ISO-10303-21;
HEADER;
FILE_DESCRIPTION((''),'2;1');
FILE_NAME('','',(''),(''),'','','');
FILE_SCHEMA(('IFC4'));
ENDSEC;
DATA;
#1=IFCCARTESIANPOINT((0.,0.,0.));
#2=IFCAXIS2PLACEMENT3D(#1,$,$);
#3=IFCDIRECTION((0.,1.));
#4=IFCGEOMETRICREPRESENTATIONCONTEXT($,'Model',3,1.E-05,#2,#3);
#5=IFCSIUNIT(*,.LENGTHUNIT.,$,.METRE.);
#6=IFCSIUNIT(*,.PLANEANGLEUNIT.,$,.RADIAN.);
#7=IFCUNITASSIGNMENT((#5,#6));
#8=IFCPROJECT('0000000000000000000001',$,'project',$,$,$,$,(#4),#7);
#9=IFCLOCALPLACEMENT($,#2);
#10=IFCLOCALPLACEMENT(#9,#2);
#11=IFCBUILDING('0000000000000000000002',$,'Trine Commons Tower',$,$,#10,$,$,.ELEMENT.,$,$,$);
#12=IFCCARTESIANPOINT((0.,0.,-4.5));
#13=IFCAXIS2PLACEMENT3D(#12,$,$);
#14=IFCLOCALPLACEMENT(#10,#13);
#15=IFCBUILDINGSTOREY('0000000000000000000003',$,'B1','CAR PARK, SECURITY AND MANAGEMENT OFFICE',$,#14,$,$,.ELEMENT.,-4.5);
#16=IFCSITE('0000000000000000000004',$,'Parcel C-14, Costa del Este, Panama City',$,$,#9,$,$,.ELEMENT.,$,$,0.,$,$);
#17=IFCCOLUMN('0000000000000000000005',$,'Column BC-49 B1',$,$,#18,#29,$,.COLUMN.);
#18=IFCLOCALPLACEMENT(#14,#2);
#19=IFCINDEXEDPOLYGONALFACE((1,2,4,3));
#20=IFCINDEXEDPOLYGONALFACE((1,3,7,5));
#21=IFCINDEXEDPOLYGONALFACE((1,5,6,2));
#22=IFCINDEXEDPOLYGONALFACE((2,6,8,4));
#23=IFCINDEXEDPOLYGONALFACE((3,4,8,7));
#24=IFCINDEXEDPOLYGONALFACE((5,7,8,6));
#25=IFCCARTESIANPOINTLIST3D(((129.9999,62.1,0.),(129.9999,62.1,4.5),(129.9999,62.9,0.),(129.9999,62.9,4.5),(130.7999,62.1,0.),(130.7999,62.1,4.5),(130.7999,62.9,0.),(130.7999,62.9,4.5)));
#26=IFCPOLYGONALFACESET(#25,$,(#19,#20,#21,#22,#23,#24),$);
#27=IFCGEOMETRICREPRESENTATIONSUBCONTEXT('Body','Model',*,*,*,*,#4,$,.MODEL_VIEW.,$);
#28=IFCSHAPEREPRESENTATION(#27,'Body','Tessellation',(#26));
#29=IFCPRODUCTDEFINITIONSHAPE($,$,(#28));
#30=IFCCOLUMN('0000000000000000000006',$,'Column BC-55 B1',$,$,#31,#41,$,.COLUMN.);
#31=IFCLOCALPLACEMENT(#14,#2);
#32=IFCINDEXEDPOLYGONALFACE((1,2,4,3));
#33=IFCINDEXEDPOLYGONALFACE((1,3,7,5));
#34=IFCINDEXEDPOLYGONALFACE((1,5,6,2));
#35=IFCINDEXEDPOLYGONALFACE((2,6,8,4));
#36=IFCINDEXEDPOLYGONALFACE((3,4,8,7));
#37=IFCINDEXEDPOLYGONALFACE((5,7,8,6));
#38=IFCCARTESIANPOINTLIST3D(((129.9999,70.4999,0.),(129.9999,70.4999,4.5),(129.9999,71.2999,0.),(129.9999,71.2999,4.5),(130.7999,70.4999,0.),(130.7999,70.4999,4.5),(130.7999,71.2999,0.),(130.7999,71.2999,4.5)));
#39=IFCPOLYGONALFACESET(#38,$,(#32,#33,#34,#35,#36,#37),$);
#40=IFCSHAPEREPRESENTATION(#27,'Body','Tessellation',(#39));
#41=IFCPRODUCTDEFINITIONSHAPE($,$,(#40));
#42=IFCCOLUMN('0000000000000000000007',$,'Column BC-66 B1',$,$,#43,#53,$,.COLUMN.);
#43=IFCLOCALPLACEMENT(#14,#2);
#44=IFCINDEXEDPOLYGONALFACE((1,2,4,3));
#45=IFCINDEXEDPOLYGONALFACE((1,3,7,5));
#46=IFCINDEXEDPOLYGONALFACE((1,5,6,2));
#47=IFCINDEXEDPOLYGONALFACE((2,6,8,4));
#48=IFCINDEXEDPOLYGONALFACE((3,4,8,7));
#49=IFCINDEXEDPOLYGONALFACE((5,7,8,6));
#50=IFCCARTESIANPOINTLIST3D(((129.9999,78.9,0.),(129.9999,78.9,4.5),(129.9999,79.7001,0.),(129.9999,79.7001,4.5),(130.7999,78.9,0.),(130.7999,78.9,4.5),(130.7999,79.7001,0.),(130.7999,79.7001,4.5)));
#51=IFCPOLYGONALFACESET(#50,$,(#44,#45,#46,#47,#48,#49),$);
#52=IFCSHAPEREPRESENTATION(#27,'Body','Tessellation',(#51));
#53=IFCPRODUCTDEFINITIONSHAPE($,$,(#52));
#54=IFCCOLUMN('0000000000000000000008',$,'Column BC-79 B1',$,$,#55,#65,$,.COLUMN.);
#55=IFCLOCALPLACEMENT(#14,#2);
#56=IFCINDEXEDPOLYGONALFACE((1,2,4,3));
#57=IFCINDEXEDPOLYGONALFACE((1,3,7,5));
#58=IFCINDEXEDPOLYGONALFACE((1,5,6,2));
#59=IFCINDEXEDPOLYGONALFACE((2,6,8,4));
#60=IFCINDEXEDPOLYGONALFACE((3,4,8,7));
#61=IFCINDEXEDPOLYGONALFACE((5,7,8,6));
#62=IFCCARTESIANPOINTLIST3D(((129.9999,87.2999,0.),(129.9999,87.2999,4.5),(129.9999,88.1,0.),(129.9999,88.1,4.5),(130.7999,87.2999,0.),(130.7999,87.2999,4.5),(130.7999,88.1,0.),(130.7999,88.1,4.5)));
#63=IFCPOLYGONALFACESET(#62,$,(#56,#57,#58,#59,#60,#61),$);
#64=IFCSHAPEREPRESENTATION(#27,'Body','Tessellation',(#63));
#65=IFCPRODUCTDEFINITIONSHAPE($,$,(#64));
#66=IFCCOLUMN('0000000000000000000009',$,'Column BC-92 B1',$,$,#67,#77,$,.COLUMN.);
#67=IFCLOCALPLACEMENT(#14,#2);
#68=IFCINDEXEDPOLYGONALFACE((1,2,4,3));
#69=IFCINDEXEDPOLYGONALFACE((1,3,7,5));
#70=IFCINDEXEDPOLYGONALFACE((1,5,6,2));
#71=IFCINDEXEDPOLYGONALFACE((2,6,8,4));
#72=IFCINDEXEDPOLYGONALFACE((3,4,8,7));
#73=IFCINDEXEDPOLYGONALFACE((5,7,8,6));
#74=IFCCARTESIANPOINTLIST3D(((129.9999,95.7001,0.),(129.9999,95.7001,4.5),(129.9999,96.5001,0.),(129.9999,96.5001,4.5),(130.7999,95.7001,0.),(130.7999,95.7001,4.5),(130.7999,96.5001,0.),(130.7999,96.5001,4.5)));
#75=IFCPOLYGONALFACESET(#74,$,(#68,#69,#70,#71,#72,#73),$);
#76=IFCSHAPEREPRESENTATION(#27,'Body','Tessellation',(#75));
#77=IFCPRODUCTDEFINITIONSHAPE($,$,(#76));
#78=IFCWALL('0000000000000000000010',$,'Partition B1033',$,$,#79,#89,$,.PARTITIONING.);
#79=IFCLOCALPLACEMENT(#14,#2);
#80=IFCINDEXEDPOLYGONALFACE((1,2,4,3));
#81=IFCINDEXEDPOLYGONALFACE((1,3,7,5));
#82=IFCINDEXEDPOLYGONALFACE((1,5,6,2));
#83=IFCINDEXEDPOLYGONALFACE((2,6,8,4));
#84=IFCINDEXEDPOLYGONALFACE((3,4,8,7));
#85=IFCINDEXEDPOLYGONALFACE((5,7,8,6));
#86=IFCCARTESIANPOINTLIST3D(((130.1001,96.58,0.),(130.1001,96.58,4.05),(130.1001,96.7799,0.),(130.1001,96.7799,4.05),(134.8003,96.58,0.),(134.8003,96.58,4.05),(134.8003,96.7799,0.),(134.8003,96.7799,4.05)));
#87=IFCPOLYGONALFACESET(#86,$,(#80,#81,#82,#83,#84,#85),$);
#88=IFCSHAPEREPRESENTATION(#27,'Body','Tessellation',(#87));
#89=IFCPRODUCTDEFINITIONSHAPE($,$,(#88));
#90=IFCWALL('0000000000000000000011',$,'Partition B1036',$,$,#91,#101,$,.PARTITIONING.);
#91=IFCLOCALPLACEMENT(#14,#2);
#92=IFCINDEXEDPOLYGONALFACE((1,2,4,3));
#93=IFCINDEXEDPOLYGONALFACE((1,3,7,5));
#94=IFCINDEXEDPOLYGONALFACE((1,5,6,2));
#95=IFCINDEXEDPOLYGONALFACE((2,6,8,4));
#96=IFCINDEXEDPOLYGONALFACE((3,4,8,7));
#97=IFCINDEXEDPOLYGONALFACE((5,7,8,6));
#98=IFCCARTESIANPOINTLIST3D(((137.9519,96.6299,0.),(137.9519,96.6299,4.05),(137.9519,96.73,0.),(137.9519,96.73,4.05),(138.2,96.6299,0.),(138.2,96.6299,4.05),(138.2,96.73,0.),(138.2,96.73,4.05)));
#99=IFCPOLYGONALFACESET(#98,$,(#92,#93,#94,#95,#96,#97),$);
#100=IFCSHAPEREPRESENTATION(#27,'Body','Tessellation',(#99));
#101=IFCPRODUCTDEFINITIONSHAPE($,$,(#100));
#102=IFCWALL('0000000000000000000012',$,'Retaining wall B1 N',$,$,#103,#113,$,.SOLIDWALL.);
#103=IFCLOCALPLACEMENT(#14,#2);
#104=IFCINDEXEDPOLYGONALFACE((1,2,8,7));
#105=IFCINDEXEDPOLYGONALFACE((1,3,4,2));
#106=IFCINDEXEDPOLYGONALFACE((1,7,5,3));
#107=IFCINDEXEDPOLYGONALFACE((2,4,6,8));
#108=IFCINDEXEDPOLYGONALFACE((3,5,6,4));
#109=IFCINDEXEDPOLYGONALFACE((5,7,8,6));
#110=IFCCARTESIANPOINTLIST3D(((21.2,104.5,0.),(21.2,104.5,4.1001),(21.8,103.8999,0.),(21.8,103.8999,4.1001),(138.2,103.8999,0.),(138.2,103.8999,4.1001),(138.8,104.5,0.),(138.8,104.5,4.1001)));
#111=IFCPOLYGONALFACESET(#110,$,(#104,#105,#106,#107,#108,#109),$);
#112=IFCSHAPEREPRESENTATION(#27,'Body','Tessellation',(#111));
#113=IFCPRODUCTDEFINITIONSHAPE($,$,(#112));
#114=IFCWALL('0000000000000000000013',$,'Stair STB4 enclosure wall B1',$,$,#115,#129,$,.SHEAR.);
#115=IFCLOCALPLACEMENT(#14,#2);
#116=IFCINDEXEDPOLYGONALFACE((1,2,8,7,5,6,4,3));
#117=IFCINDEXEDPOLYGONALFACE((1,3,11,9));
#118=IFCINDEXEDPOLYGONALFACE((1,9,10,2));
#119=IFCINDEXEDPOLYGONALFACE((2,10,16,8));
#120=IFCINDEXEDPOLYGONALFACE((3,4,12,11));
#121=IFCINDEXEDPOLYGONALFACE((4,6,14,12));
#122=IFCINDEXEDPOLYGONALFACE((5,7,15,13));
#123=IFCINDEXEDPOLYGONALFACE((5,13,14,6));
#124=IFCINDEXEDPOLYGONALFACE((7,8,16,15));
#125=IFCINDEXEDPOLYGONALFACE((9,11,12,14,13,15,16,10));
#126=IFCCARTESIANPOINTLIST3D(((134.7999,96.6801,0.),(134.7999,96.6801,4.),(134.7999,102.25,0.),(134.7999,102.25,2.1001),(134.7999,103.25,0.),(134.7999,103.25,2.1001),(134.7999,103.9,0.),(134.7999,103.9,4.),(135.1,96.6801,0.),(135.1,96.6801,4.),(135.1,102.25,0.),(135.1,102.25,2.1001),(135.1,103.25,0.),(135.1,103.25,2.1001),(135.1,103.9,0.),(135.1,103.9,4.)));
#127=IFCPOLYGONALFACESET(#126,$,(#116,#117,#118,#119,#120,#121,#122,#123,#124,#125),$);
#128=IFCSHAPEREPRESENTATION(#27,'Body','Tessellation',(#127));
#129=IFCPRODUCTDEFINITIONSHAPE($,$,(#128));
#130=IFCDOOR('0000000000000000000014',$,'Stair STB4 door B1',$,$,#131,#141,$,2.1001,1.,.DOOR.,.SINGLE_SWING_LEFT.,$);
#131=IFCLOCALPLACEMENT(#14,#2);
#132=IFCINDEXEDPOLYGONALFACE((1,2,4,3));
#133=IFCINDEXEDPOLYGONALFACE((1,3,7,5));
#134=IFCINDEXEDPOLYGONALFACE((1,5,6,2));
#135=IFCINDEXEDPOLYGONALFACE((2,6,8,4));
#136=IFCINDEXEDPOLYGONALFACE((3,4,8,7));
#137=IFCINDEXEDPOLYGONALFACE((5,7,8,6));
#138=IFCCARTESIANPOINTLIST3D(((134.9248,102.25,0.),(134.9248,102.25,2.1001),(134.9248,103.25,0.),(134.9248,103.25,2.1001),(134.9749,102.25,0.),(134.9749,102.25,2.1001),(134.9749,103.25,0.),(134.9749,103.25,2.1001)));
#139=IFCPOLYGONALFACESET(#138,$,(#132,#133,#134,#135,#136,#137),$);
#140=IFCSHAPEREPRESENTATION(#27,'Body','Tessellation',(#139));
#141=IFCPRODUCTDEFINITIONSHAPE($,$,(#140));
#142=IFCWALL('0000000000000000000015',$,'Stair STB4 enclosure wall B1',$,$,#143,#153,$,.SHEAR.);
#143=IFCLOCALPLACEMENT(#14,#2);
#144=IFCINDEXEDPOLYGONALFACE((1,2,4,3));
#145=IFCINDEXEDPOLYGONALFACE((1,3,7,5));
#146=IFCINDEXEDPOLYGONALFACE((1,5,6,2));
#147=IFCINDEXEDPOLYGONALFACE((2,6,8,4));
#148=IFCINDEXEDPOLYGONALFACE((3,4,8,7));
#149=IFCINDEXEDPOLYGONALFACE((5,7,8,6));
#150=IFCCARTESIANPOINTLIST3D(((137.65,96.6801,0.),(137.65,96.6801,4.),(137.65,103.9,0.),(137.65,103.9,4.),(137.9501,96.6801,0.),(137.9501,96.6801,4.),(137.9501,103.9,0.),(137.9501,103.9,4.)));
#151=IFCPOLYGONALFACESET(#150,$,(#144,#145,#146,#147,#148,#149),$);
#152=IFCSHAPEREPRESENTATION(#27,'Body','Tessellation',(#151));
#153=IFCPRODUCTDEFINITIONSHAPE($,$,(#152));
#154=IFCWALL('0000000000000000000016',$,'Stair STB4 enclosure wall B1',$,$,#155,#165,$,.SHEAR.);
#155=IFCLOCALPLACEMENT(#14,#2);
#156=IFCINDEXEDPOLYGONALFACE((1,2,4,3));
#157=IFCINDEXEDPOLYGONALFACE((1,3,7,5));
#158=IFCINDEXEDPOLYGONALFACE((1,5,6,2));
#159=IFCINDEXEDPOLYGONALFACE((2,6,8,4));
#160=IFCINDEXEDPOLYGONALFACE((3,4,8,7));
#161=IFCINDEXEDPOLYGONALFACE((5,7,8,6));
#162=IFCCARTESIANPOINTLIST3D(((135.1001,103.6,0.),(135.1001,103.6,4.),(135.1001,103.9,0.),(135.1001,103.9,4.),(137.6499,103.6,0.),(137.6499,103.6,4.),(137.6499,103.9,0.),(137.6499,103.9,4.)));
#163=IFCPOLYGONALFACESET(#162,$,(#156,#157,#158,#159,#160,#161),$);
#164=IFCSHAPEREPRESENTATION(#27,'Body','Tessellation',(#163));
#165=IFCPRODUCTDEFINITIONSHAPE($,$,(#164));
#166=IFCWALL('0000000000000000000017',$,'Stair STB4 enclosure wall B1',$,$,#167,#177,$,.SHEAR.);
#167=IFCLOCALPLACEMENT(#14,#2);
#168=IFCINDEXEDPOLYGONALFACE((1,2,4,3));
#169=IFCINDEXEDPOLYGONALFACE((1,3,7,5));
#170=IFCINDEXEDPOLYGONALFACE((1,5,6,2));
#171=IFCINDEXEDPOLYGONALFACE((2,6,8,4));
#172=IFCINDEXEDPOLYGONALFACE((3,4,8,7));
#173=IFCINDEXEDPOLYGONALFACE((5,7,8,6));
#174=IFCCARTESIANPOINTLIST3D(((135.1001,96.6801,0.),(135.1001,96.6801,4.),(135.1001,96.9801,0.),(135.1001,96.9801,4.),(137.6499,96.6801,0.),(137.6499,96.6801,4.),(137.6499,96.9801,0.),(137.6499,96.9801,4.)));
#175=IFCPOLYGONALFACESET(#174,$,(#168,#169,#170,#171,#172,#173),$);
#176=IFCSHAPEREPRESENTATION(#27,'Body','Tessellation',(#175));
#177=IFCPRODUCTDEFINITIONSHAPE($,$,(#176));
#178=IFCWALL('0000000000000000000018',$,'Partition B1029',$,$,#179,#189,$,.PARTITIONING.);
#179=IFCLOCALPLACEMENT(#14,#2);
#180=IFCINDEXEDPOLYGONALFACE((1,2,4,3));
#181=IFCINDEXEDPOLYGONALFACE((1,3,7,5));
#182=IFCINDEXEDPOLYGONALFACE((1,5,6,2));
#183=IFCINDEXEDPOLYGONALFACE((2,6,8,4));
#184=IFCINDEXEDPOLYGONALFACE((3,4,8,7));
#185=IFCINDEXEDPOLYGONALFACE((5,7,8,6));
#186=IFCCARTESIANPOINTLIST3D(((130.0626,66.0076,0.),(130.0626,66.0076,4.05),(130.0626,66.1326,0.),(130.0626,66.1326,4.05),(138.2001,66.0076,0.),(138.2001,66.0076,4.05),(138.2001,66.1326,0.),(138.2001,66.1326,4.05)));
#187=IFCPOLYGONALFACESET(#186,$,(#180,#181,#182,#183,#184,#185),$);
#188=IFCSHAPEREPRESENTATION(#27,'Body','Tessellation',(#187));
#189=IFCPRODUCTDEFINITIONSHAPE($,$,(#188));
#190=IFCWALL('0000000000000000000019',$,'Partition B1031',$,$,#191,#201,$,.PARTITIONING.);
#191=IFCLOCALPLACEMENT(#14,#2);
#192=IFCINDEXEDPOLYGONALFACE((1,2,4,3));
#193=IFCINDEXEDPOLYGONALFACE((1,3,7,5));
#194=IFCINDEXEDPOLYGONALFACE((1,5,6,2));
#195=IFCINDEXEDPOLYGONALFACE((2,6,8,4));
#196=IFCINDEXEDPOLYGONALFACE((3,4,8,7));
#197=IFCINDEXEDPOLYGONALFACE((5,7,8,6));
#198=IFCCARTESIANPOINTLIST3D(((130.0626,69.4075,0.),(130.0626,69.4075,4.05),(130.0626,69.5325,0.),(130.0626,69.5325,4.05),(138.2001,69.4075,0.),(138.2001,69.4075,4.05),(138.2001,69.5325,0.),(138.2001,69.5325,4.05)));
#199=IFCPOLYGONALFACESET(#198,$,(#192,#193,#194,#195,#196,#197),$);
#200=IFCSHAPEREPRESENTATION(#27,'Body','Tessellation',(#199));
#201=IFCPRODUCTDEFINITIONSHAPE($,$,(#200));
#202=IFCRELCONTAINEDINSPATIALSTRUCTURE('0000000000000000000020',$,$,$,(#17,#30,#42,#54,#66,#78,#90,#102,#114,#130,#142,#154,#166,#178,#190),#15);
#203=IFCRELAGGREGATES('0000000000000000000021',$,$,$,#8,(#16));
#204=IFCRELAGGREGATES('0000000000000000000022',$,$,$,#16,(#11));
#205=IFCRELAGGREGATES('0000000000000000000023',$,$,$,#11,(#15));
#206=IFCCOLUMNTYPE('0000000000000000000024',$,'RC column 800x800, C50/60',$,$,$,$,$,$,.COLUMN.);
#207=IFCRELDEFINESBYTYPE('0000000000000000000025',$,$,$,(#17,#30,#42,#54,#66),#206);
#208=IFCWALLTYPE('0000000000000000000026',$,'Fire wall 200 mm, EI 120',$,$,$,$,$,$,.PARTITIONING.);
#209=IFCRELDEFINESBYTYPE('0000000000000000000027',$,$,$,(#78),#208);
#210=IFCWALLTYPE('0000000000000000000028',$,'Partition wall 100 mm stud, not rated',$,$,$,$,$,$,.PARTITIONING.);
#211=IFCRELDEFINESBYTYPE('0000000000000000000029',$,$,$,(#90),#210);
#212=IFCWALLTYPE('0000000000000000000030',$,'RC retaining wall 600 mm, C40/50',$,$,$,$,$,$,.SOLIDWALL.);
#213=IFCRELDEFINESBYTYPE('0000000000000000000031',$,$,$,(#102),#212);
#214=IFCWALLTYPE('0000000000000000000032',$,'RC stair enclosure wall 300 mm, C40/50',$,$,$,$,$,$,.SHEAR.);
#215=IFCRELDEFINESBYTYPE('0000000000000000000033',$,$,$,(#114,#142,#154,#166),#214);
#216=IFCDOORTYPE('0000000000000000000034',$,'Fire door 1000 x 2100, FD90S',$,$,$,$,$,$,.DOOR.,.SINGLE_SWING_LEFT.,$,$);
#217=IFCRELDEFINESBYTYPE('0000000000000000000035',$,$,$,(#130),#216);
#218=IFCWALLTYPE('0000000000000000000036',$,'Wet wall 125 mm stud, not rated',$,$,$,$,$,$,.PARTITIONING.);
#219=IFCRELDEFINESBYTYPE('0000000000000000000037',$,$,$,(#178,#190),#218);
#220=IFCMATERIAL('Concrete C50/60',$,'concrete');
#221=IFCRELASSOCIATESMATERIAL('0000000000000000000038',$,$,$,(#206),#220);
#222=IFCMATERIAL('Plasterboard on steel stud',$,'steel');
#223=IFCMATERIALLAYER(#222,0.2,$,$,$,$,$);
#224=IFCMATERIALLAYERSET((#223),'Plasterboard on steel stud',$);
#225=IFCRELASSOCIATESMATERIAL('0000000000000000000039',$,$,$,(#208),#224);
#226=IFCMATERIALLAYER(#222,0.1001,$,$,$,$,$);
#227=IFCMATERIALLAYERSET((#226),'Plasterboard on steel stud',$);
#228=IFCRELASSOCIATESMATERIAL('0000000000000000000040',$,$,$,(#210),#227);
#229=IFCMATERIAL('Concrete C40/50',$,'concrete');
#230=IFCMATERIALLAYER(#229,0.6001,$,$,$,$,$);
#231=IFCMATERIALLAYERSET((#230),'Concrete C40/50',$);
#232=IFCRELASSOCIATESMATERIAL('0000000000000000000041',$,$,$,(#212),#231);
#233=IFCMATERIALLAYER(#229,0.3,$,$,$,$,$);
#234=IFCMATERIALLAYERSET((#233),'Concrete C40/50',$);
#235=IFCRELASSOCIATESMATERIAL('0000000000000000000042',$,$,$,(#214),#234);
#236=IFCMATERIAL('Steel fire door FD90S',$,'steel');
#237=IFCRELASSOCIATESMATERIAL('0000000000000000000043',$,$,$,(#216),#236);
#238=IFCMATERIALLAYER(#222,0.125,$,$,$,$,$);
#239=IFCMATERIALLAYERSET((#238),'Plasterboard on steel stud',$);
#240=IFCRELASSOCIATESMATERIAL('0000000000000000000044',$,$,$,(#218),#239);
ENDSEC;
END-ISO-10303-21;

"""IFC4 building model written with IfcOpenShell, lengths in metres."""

from ifc_helpers import new_model, si_unit, direction, frame, frame_2d, origin, origin_2d, place, context, subcontext, project, spatial, polyline, rectangle, outline, extrude, material, layer, layer_set, material_profile, profile_set, type_object, element, fill, save


model = new_model("IFC4")

# Units and contexts
model_context = context("Model", 3, precision=1e-05, world=origin(), true_north=direction((0.0, 1.0)))
body_context = subcontext(model_context, "Body", "Model", "MODEL_VIEW")
ifc_project = project(units=[si_unit("LENGTHUNIT", "METRE"), si_unit("PLANEANGLEUNIT", "RADIAN")], contexts=[model_context])

# Site, building, storey
site_placement = place(None, origin())
site = spatial("IfcSite", under=ifc_project, at=site_placement, Name="Parcel C-14, Costa del Este, Panama City", CompositionType="ELEMENT", RefElevation=0.0)
building_placement = place(site_placement, origin())
building = spatial("IfcBuilding", under=site, at=building_placement, Name="Trine Commons Tower", CompositionType="ELEMENT")
storey_placement = place(building_placement, frame((0.0, 0.0, -4.5)))
storey = spatial("IfcBuildingStorey", under=building, at=storey_placement, Name="B1", Description="CAR PARK, SECURITY AND MANAGEMENT OFFICE", CompositionType="ELEMENT", Elevation=-4.5)

# Columns
ifc_material_1 = material(Name="Concrete C50/60", Category="concrete")
ifc_material_profile = material_profile(ifc_material_1, rectangle(XDim=0.8, YDim=0.8, at=origin_2d()), Name="RC 800x800")
ifc_profile_set = profile_set([ifc_material_profile], Name="Concrete C50/60")
column_type = type_object("IfcColumnType", Name="RC column 800x800, C50/60", PredefinedType="COLUMN", material=ifc_profile_set)
for number, where, z_axis, x_axis, name in (
    (1, (130.3999, 62.5, 0.0), (0.0, 0.0, 1.0), (1.0, 0.0, 0.0), "Column BC-49 B1"),
    (2, (130.3999, 70.8999, 0.0), (0.0, 0.0, 1.0), (1.0, 0.0, 0.0), "Column BC-55 B1"),
    (3, (130.3999, 79.3, 0.0), (0.0, 0.0, 1.0), (1.0, 0.0, 0.0), "Column BC-66 B1"),
    (4, (130.3999, 87.7, 0.0), (0.0, 0.0, 1.0), (1.0, 0.0, 0.0), "Column BC-79 B1"),
    (5, (130.3999, 96.1001, 0.0), (0.0, 0.0, 1.0), (1.0, 0.0, 0.0), "Column BC-92 B1"),
):
    element("IfcColumn", number, at=place(storey_placement, frame(where, z_axis=z_axis, x_axis=x_axis)), inside=storey, type_object=column_type, Name=name, PredefinedType="COLUMN", context=body_context, shape_type="SweptSolid", body=[
        extrude(rectangle(XDim=0.8, YDim=0.8, at=origin_2d()), origin(), (0.0, 0.0, 1.0), 4.5),
    ])

# Walls
ifc_material_2 = material(Name="Plasterboard on steel stud", Category="steel")
ifc_layer_1 = layer(ifc_material_2, 0.2)
ifc_layer_set_1 = layer_set([ifc_layer_1], Name="Plasterboard on steel stud")
wall_type_1 = type_object("IfcWallType", Name="Fire wall 200 mm, EI 120", PredefinedType="PARTITIONING", material=ifc_layer_set_1)
wall_1_placement = place(storey_placement, frame((130.1001, 96.6799, 0.0), z_axis=(0.0, 0.0, 1.0), x_axis=(1.0, 0.0, 0.0)))
element("IfcWall", 6, at=wall_1_placement, inside=storey, type_object=wall_type_1, Name="Partition B1033", PredefinedType="PARTITIONING", context=body_context, shape_type="SweptSolid", body=[
    extrude(rectangle(XDim=4.7002, YDim=0.2, at=frame_2d((2.3501, 0.0))), origin(), (0.0, 0.0, 1.0), 4.05),
])
ifc_layer_2 = layer(ifc_material_2, 0.1001)
ifc_layer_set_2 = layer_set([ifc_layer_2], Name="Plasterboard on steel stud")
wall_type_2 = type_object("IfcWallType", Name="Partition wall 100 mm stud, not rated", PredefinedType="PARTITIONING", material=ifc_layer_set_2)
wall_2_placement = place(storey_placement, frame((137.9519, 96.6799, 0.0), z_axis=(0.0, 0.0, 1.0), x_axis=(1.0, 0.0, 0.0)))
element("IfcWall", 7, at=wall_2_placement, inside=storey, type_object=wall_type_2, Name="Partition B1036", PredefinedType="PARTITIONING", context=body_context, shape_type="SweptSolid", body=[
    extrude(rectangle(XDim=0.248, YDim=0.1001, at=frame_2d((0.124, 0.0))), origin(), (0.0, 0.0, 1.0), 4.05),
])
ifc_material_3 = material(Name="Concrete C40/50", Category="concrete")
ifc_layer_3 = layer(ifc_material_3, 0.6001)
ifc_layer_set_3 = layer_set([ifc_layer_3], Name="Concrete C40/50")
wall_type_3 = type_object("IfcWallType", Name="RC retaining wall 600 mm, C40/50", PredefinedType="SOLIDWALL", material=ifc_layer_set_3)
wall_3_placement = place(storey_placement, frame((138.5, 104.2, 0.0), z_axis=(0.0, 0.0, 1.0), x_axis=(-1.0, 0.0, 0.0)))
element("IfcWall", 8, at=wall_3_placement, inside=storey, type_object=wall_type_3, Name="Retaining wall B1 N", PredefinedType="SOLIDWALL", context=body_context, shape_type="SweptSolid", body=[
    extrude(outline(polyline([(-0.3, -0.3), (117.3, -0.3), (116.7, 0.3), (0.3, 0.3), (-0.3, -0.3)])), origin(), (0.0, 0.0, 1.0), 4.1001),
])

# Wall, opening, door
ifc_layer_4 = layer(ifc_material_3, 0.3)
ifc_layer_set_4 = layer_set([ifc_layer_4], Name="Concrete C40/50")
wall_type_4 = type_object("IfcWallType", Name="RC stair enclosure wall 300 mm, C40/50", PredefinedType="SHEAR", material=ifc_layer_set_4)
wall_4_placement = place(storey_placement, frame((134.95, 103.8999, 0.0), z_axis=(0.0, 0.0, 1.0), x_axis=(0.0, -1.0, 0.0)))
wall_4 = element("IfcWall", 9, at=wall_4_placement, inside=storey, type_object=wall_type_4, Name="Stair STB4 enclosure wall B1", PredefinedType="SHEAR", context=body_context, shape_type="SweptSolid", body=[
    extrude(rectangle(XDim=7.22, YDim=0.3, at=frame_2d((3.6099, 0.0))), origin(), (0.0, 0.0, 1.0), 4.0),
])
opening_placement = place(wall_4_placement, frame((0.6499, 0.0, 0.0)))
opening = element("IfcOpeningElement", 10, at=opening_placement, cuts=wall_4, PredefinedType="OPENING", context=body_context, shape_type="SweptSolid", body=[
    extrude(rectangle(XDim=1.0, YDim=2.1001, at=frame_2d((0.5, 1.05))), frame((0.0, 0.1599, 0.0), z_axis=(0.0, -1.0, 0.0), x_axis=(1.0, 0.0, 0.0)), (0.0, 0.0, 1.0), 0.3201),
])
ifc_material_4 = material(Name="Steel fire door FD90S", Category="steel")
door_type = type_object("IfcDoorType", Name="Fire door 1000 x 2100, FD90S", OperationType="SINGLE_SWING_LEFT", PredefinedType="DOOR", material=ifc_material_4)
door_placement = place(opening_placement, origin())
door = element("IfcDoor", 11, at=door_placement, inside=storey, type_object=door_type, Name="Stair STB4 door B1", OperationType="SINGLE_SWING_LEFT", OverallHeight=2.1001, OverallWidth=1.0, PredefinedType="DOOR", context=body_context, shape_type="SweptSolid", body=[
    extrude(rectangle(XDim=1.0, YDim=2.1001, at=frame_2d((0.5, 1.05))), frame((0.0, 0.0249, 0.0), z_axis=(0.0, -1.0, 0.0), x_axis=(1.0, 0.0, 0.0)), (0.0, 0.0, 1.0), 0.05),
])
fill(opening, door)

# Walls
wall_5_placement = place(storey_placement, frame((137.8, 103.8999, 0.0), z_axis=(0.0, 0.0, 1.0), x_axis=(0.0, -1.0, 0.0)))
element("IfcWall", 12, at=wall_5_placement, inside=storey, type_object=wall_type_4, Name="Stair STB4 enclosure wall B1", PredefinedType="SHEAR", context=body_context, shape_type="SweptSolid", body=[
    extrude(rectangle(XDim=7.22, YDim=0.3, at=frame_2d((3.6099, 0.0))), origin(), (0.0, 0.0, 1.0), 4.0),
])
for number, where, z_axis, x_axis, name in (
    (13, (135.1001, 103.75, 0.0), (0.0, 0.0, 1.0), (1.0, 0.0, 0.0), "Stair STB4 enclosure wall B1"),
    (14, (135.1001, 96.8301, 0.0), (0.0, 0.0, 1.0), (1.0, 0.0, 0.0), "Stair STB4 enclosure wall B1"),
):
    element("IfcWall", number, at=place(storey_placement, frame(where, z_axis=z_axis, x_axis=x_axis)), inside=storey, type_object=wall_type_4, Name=name, PredefinedType="SHEAR", context=body_context, shape_type="SweptSolid", body=[
        extrude(rectangle(XDim=2.5498, YDim=0.3, at=frame_2d((1.2749, 0.0))), origin(), (0.0, 0.0, 1.0), 4.0),
    ])
ifc_layer_5 = layer(ifc_material_2, 0.125)
ifc_layer_set_5 = layer_set([ifc_layer_5], Name="Plasterboard on steel stud")
wall_type_5 = type_object("IfcWallType", Name="Wet wall 125 mm stud, not rated", PredefinedType="PARTITIONING", material=ifc_layer_set_5)
for number, where, z_axis, x_axis, name in (
    (15, (130.0625, 66.0701, 0.0), (0.0, 0.0, 1.0), (1.0, 0.0, 0.0), "Partition B1029"),
    (16, (130.0625, 69.47, 0.0), (0.0, 0.0, 1.0), (1.0, 0.0, 0.0), "Partition B1031"),
):
    element("IfcWall", number, at=place(storey_placement, frame(where, z_axis=z_axis, x_axis=x_axis)), inside=storey, type_object=wall_type_5, Name=name, PredefinedType="PARTITIONING", context=body_context, shape_type="SweptSolid", body=[
        extrude(rectangle(XDim=8.1375, YDim=0.125, at=frame_2d((4.0688, 0.0))), origin(), (0.0, 0.0, 1.0), 4.05),
    ])

save(model, "model.ifc")
